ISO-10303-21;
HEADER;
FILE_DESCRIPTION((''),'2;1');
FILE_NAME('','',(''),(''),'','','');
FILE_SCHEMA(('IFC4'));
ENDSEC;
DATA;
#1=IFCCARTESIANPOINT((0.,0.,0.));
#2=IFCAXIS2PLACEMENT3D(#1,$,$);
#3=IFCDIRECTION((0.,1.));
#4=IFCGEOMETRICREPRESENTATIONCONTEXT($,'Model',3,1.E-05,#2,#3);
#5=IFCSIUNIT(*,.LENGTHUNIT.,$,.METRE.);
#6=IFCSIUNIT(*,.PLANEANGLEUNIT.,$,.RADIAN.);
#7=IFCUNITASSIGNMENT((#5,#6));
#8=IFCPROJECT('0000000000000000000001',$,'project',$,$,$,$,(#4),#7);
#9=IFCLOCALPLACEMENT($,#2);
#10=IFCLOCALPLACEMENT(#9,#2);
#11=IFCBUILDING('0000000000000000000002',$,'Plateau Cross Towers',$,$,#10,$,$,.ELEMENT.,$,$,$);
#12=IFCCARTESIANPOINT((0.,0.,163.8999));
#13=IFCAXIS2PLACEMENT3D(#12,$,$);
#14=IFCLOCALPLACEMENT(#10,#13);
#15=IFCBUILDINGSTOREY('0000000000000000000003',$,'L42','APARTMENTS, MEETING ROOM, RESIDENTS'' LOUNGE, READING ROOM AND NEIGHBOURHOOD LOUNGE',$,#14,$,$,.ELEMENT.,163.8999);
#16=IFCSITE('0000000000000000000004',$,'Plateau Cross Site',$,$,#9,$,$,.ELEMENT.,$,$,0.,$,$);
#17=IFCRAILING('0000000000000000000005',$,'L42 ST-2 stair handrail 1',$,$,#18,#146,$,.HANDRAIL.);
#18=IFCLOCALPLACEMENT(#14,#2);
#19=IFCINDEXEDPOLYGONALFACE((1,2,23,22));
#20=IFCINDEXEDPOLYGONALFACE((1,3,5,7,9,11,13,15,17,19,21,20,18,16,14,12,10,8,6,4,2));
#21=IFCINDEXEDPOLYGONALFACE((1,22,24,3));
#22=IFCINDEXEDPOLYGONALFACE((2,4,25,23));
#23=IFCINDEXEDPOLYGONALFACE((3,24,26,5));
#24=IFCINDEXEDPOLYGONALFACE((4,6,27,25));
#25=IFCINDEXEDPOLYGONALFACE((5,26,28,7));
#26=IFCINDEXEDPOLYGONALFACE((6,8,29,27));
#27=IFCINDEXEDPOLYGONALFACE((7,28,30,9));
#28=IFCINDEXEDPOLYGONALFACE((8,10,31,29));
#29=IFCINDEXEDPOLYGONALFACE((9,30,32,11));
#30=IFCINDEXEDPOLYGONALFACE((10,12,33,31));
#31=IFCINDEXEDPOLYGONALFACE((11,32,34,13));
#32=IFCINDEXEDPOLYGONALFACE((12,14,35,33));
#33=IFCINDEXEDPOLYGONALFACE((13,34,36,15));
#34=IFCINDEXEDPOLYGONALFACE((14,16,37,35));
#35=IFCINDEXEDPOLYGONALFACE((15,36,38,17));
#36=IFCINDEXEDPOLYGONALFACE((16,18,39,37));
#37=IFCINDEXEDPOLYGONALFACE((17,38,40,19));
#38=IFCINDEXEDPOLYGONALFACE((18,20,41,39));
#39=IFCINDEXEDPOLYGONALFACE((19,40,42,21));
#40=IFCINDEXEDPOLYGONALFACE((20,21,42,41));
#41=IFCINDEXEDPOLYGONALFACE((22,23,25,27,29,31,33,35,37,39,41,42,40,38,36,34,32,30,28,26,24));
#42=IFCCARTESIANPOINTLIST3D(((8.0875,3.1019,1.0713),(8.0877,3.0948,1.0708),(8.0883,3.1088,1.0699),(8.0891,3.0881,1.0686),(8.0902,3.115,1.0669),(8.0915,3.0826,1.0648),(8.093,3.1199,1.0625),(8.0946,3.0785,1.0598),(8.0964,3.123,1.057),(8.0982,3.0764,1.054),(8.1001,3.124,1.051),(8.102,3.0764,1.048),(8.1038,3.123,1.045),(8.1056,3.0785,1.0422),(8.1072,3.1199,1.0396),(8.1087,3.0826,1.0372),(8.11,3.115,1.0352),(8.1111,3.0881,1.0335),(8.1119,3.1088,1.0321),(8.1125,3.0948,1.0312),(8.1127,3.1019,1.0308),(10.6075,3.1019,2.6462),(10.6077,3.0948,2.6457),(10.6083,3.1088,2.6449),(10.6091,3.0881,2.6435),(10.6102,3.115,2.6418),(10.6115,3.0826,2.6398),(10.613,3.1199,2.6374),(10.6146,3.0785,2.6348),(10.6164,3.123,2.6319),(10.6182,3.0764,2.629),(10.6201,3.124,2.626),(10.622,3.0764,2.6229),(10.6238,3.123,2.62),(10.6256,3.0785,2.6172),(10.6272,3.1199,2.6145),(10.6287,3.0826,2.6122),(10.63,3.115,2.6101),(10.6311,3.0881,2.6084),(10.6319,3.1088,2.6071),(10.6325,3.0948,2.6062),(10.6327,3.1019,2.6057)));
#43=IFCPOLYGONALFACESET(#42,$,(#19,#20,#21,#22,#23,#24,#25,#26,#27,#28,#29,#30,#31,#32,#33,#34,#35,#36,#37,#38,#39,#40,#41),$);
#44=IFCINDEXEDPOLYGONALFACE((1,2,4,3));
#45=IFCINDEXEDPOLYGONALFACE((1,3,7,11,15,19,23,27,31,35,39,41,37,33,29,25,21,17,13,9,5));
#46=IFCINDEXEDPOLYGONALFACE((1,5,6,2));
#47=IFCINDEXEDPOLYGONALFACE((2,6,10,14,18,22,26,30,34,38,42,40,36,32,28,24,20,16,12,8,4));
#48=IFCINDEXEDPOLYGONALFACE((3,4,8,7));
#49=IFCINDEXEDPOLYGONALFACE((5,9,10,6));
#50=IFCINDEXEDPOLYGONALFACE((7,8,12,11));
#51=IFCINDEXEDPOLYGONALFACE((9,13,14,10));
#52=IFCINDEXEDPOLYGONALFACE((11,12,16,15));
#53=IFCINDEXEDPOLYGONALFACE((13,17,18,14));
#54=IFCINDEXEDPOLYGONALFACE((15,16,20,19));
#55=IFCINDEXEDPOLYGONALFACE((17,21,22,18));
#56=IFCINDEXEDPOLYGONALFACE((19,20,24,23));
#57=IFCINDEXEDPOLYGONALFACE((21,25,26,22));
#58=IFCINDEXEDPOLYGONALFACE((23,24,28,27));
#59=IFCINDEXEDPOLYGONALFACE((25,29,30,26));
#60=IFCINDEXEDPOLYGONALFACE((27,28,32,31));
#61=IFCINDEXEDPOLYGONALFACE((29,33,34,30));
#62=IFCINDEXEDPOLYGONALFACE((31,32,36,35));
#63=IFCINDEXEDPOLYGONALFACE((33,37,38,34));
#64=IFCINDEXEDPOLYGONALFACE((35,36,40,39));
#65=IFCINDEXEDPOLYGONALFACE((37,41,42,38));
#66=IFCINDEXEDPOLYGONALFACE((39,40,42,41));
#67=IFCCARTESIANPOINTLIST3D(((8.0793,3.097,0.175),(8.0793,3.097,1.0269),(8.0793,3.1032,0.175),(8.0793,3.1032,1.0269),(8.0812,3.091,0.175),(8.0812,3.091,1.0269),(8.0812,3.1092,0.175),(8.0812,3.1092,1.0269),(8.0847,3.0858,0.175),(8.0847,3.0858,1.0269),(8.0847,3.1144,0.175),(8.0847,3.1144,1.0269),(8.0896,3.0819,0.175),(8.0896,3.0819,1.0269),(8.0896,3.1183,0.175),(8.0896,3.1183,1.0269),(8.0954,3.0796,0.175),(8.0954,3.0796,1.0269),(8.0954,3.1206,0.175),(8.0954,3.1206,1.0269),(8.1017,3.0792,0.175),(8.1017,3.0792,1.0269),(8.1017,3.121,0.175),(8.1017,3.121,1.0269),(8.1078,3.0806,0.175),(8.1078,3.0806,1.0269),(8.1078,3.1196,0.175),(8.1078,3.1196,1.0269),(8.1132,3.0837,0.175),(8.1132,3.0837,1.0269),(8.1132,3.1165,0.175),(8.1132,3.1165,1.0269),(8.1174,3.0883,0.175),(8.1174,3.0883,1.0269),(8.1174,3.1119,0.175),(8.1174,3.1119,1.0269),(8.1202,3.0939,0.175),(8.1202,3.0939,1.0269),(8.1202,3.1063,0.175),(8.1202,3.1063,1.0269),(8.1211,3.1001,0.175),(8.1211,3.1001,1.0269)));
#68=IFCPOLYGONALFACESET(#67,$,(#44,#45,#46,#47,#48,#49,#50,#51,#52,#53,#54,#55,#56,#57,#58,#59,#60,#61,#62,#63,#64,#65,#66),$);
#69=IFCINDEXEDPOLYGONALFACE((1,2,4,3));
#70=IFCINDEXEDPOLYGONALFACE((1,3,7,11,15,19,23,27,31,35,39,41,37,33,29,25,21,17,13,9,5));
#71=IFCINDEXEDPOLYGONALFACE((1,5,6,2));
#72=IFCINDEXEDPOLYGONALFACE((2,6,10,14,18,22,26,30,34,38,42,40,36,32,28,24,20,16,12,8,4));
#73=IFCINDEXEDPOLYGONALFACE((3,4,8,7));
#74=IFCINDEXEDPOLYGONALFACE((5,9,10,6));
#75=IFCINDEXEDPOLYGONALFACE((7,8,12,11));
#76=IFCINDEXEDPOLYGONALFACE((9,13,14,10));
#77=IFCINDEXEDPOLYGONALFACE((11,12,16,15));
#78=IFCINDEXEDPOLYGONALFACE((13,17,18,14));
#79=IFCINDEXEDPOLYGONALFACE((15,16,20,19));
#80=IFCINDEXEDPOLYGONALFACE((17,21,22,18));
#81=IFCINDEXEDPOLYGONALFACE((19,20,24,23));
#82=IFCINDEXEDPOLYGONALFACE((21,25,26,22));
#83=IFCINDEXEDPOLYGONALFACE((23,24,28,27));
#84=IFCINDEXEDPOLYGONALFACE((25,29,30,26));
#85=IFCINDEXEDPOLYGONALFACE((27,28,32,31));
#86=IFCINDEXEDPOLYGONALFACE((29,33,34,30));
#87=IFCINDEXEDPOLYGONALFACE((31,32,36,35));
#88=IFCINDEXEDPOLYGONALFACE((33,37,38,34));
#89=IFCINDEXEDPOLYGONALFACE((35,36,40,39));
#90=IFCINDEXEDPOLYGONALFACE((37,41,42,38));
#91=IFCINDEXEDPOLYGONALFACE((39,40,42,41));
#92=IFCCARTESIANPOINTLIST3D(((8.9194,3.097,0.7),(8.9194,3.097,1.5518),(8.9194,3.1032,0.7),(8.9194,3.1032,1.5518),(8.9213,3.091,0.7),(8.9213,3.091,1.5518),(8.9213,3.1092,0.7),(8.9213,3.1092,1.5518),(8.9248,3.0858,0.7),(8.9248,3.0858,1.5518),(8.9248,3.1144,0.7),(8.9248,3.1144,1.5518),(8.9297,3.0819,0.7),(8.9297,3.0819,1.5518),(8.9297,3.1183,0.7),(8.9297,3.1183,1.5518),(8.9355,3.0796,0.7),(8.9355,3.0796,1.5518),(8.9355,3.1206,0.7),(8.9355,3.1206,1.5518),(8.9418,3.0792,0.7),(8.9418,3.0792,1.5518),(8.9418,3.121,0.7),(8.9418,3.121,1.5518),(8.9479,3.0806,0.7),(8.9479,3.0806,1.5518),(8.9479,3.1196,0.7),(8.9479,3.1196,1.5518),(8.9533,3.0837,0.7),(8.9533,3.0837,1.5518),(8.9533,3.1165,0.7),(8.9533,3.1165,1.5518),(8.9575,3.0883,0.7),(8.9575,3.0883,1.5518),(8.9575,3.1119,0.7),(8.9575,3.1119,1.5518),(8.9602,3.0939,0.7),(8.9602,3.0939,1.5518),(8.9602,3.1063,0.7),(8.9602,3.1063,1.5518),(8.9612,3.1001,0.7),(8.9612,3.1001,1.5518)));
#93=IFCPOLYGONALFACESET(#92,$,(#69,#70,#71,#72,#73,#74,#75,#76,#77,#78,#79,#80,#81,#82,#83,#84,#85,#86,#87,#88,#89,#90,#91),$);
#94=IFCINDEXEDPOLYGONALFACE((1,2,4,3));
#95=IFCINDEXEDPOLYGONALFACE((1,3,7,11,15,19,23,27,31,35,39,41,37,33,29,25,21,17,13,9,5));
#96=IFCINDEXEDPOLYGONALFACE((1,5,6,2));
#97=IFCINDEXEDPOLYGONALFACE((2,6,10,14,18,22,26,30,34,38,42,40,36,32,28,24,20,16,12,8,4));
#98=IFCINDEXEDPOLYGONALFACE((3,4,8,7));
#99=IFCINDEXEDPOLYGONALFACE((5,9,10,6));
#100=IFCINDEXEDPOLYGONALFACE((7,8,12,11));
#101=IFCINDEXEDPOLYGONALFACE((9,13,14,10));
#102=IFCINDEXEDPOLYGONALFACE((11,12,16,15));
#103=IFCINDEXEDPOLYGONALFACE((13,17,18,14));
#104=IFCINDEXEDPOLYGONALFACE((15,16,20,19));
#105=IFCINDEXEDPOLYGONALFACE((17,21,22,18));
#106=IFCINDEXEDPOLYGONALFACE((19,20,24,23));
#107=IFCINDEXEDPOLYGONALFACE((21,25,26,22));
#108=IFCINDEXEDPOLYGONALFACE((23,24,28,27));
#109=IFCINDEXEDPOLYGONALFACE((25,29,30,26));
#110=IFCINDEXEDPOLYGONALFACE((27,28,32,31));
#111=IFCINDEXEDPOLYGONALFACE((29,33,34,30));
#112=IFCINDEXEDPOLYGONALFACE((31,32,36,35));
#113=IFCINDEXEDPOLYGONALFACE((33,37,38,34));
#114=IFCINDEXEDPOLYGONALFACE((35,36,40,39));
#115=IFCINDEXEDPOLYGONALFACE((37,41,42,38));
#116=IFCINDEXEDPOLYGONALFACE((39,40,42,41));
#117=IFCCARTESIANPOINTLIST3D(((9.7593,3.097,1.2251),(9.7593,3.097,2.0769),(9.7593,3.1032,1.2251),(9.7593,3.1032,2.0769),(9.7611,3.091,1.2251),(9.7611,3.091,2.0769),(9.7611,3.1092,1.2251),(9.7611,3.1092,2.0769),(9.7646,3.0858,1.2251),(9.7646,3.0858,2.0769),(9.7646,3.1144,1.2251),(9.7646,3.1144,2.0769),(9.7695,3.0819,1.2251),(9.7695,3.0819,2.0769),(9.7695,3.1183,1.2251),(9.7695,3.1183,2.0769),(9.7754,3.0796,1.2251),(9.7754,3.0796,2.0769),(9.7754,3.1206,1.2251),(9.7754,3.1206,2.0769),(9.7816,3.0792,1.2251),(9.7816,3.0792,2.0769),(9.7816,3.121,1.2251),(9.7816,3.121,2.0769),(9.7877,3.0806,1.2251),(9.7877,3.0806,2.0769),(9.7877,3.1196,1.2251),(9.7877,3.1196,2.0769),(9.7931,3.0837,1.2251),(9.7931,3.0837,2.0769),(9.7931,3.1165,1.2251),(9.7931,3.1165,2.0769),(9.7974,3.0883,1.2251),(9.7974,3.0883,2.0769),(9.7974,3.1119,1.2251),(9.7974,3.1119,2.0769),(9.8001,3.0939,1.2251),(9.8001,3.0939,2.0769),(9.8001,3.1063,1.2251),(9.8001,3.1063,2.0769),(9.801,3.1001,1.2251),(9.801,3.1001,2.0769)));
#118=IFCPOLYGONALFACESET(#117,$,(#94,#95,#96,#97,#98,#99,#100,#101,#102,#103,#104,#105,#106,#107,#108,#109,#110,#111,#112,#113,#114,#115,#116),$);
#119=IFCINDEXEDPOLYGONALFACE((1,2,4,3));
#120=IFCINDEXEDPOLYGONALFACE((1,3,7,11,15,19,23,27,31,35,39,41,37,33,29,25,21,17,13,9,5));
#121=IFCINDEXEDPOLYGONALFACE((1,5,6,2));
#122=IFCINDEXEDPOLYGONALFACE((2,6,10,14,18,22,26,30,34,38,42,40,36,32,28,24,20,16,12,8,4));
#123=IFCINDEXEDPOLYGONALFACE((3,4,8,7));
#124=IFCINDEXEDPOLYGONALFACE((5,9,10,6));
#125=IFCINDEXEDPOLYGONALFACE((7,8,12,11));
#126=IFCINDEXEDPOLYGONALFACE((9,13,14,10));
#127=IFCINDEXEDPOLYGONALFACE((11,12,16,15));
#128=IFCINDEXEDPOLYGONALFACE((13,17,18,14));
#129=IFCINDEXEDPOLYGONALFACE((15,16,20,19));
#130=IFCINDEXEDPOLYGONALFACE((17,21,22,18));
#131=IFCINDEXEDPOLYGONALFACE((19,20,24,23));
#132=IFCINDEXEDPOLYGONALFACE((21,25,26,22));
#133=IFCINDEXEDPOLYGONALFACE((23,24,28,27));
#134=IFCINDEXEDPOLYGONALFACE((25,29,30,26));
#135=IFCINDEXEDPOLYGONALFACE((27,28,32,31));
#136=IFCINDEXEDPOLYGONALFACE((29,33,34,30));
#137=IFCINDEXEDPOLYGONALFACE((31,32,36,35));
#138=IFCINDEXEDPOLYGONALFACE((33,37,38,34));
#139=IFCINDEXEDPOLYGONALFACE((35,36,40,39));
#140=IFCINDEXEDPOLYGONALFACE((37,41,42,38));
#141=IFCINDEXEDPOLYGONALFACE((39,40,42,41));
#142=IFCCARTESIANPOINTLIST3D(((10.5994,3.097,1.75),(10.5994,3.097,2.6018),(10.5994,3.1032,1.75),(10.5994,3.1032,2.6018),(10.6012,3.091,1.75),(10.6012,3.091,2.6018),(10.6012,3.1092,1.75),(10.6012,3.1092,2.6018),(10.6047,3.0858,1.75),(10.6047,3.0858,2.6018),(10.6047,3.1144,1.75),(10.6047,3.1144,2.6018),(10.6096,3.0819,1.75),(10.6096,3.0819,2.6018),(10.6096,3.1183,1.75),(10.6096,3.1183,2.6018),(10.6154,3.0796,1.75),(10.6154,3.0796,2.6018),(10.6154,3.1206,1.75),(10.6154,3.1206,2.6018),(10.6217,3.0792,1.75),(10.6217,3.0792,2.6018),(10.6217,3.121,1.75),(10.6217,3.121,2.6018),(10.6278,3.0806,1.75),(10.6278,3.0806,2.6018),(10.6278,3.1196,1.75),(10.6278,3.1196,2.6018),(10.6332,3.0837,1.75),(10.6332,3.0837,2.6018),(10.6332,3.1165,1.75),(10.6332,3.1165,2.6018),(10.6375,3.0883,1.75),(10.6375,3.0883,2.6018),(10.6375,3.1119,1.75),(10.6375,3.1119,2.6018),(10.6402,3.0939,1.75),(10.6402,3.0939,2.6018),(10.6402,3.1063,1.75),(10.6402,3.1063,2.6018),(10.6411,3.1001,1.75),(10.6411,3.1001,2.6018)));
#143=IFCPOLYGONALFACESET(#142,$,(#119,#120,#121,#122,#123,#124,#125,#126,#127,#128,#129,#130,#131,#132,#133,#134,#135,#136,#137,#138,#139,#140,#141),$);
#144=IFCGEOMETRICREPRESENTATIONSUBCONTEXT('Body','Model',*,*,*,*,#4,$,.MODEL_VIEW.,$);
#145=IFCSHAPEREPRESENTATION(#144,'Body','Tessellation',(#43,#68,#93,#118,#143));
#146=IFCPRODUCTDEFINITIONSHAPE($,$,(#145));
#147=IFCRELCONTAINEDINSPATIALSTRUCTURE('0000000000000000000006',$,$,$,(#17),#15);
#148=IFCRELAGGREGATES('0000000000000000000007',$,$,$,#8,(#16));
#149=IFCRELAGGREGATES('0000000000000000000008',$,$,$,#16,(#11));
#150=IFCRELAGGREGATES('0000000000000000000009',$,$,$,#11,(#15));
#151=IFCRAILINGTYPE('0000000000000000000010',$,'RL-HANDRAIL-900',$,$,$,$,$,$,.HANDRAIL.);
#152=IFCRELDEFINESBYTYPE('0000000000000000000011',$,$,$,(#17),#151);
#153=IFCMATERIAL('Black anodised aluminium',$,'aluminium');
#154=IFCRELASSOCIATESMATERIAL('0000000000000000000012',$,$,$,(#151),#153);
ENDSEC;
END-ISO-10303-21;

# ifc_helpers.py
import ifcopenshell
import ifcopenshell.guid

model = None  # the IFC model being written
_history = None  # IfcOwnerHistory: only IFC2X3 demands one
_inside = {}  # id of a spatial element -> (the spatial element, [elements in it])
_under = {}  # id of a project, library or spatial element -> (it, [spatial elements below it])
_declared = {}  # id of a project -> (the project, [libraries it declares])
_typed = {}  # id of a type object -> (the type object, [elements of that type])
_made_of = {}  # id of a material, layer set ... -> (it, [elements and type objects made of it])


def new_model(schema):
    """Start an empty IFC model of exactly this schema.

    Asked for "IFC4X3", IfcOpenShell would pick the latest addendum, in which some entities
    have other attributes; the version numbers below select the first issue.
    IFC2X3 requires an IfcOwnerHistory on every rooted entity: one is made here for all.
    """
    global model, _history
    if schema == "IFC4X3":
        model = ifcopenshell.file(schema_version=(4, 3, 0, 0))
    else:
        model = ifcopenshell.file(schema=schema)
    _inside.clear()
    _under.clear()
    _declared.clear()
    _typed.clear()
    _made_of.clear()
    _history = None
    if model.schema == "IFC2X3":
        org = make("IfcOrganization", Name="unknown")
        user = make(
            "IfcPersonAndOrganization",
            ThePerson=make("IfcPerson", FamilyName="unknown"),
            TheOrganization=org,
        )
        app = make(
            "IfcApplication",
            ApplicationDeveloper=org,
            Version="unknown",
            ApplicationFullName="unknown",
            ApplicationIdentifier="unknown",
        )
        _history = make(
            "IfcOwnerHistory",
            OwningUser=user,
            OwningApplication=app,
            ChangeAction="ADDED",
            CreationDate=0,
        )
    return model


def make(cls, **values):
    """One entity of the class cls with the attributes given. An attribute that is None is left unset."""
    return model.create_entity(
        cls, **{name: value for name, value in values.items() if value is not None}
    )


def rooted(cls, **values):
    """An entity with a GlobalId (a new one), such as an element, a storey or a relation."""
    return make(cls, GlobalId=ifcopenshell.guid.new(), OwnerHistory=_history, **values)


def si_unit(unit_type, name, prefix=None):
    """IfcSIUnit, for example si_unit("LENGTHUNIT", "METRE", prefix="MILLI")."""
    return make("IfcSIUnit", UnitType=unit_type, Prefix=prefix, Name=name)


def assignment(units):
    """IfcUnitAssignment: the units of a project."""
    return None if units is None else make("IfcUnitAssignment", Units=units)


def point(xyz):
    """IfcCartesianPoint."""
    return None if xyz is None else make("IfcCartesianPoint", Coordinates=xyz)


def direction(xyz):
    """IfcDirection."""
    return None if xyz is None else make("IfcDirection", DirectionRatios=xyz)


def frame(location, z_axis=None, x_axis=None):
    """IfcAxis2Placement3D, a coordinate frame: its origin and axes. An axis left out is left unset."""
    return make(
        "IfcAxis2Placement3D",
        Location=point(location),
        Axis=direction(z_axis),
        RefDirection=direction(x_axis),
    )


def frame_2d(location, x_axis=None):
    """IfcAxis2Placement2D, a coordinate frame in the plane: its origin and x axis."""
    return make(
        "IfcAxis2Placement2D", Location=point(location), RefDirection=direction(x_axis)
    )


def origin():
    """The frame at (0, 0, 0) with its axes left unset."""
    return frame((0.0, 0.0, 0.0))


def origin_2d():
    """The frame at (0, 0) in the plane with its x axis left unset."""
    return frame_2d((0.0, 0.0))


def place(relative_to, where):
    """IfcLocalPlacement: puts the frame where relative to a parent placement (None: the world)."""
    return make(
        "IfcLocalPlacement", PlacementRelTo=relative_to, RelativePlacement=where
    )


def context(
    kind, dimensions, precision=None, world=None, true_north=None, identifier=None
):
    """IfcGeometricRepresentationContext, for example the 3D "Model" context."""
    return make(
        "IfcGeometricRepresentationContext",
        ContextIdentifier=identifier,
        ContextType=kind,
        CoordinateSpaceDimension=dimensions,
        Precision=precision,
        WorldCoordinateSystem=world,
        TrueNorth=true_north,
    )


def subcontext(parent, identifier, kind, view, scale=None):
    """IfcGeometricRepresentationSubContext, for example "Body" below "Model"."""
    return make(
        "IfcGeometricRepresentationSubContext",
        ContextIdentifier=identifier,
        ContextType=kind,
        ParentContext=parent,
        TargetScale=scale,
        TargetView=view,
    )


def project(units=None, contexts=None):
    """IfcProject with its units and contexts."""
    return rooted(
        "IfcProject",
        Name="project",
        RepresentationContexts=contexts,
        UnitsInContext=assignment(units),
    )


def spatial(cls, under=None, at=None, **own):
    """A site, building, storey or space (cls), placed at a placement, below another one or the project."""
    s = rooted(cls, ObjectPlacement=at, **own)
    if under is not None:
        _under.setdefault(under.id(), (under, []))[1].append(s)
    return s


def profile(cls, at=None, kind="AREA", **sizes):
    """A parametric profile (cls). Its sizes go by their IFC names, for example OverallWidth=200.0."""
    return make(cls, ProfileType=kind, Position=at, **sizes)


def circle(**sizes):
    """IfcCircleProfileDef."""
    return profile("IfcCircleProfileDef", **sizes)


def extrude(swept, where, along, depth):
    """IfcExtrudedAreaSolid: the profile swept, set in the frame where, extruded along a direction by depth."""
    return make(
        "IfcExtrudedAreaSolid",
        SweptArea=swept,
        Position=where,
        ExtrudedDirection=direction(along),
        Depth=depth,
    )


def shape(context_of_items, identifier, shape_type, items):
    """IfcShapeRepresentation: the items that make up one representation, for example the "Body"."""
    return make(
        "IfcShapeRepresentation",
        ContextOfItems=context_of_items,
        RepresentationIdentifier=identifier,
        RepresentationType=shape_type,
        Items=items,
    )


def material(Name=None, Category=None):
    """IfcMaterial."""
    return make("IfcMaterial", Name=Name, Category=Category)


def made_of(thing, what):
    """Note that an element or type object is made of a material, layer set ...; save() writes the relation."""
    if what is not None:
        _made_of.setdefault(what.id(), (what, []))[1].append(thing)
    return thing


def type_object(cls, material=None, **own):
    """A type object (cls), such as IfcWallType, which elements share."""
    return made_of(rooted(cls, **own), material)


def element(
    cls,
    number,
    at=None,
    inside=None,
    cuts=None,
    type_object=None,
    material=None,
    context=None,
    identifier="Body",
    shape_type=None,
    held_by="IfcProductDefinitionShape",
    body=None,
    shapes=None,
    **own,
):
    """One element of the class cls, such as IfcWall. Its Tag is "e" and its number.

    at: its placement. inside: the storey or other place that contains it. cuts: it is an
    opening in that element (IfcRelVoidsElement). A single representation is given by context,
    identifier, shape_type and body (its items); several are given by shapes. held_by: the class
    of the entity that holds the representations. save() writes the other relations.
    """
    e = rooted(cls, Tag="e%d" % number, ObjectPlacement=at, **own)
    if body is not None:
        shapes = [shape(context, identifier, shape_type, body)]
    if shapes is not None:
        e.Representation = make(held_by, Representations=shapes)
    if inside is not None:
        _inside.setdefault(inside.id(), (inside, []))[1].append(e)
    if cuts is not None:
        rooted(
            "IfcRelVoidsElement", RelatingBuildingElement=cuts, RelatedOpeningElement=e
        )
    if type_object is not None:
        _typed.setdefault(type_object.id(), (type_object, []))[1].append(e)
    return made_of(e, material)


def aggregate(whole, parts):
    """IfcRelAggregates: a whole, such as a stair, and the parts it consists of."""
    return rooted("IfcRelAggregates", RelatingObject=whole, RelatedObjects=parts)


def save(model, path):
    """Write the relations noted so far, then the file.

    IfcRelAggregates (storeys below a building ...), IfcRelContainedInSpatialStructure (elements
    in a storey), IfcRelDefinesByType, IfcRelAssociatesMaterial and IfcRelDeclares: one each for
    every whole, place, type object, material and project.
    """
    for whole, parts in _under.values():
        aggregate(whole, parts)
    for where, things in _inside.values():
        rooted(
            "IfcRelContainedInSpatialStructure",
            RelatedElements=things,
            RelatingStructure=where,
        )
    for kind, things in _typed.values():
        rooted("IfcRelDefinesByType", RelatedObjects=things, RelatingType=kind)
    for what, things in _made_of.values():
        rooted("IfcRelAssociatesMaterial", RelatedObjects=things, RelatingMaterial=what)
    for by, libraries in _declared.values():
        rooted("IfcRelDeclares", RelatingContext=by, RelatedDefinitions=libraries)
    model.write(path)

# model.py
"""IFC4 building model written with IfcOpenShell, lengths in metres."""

from ifc_helpers import new_model, si_unit, direction, frame, origin, origin_2d, place, context, subcontext, project, spatial, circle, extrude, material, type_object, element, save


model = new_model("IFC4")

# Units and contexts
model_context = context("Model", 3, precision=1e-05, world=origin(), true_north=direction((0.0, 1.0)))
body_context = subcontext(model_context, "Body", "Model", "MODEL_VIEW")
ifc_project = project(units=[si_unit("LENGTHUNIT", "METRE"), si_unit("PLANEANGLEUNIT", "RADIAN")], contexts=[model_context])

# Site, building, storey
site_placement = place(None, origin())
site = spatial("IfcSite", under=ifc_project, at=site_placement, Name="Plateau Cross Site", CompositionType="ELEMENT", RefElevation=0.0)
building_placement = place(site_placement, origin())
building = spatial("IfcBuilding", under=site, at=building_placement, Name="Plateau Cross Towers", CompositionType="ELEMENT")
storey_placement = place(building_placement, frame((0.0, 0.0, 163.8999)))
storey = spatial("IfcBuildingStorey", under=building, at=storey_placement, Name="L42", Description="APARTMENTS, MEETING ROOM, RESIDENTS' LOUNGE, READING ROOM AND NEIGHBOURHOOD LOUNGE", CompositionType="ELEMENT", Elevation=163.8999)

# Shared definitions
ifc_material_1 = material(Name="Black anodised aluminium", Category="aluminium")

# Railing
railing_type_1 = type_object("IfcRailingType", Name="RL-HANDRAIL-900", PredefinedType="HANDRAIL", material=ifc_material_1)
railing_1_placement = place(storey_placement, frame((8.1001, 3.1001, 0.175)))
element("IfcRailing", 1, at=railing_1_placement, inside=storey, type_object=railing_type_1, Name="L42 ST-2 stair handrail 1", PredefinedType="HANDRAIL", context=body_context, shape_type="SweptSolid", body=[
    extrude(circle(Radius=0.0239, at=origin_2d()), frame((0.0, 0.0, 0.876), z_axis=(0.848008, 0.0, 0.529984), x_axis=(0.0, 1.0, 0.0)), (0.0, 0.0, 1.0), 2.9717),
    extrude(circle(Radius=0.021, at=origin_2d()), origin(), (0.0, 0.0, 1.0), 0.8518),
    extrude(circle(Radius=0.021, at=origin_2d()), frame((0.8401, 0.0, 0.5249)), (0.0, 0.0, 1.0), 0.8518),
    extrude(circle(Radius=0.021, at=origin_2d()), frame((1.6799, 0.0, 1.05)), (0.0, 0.0, 1.0), 0.8518),
    extrude(circle(Radius=0.021, at=origin_2d()), frame((2.52, 0.0, 1.575)), (0.0, 0.0, 1.0), 0.8518),
])

save(model, "model.ifc")
